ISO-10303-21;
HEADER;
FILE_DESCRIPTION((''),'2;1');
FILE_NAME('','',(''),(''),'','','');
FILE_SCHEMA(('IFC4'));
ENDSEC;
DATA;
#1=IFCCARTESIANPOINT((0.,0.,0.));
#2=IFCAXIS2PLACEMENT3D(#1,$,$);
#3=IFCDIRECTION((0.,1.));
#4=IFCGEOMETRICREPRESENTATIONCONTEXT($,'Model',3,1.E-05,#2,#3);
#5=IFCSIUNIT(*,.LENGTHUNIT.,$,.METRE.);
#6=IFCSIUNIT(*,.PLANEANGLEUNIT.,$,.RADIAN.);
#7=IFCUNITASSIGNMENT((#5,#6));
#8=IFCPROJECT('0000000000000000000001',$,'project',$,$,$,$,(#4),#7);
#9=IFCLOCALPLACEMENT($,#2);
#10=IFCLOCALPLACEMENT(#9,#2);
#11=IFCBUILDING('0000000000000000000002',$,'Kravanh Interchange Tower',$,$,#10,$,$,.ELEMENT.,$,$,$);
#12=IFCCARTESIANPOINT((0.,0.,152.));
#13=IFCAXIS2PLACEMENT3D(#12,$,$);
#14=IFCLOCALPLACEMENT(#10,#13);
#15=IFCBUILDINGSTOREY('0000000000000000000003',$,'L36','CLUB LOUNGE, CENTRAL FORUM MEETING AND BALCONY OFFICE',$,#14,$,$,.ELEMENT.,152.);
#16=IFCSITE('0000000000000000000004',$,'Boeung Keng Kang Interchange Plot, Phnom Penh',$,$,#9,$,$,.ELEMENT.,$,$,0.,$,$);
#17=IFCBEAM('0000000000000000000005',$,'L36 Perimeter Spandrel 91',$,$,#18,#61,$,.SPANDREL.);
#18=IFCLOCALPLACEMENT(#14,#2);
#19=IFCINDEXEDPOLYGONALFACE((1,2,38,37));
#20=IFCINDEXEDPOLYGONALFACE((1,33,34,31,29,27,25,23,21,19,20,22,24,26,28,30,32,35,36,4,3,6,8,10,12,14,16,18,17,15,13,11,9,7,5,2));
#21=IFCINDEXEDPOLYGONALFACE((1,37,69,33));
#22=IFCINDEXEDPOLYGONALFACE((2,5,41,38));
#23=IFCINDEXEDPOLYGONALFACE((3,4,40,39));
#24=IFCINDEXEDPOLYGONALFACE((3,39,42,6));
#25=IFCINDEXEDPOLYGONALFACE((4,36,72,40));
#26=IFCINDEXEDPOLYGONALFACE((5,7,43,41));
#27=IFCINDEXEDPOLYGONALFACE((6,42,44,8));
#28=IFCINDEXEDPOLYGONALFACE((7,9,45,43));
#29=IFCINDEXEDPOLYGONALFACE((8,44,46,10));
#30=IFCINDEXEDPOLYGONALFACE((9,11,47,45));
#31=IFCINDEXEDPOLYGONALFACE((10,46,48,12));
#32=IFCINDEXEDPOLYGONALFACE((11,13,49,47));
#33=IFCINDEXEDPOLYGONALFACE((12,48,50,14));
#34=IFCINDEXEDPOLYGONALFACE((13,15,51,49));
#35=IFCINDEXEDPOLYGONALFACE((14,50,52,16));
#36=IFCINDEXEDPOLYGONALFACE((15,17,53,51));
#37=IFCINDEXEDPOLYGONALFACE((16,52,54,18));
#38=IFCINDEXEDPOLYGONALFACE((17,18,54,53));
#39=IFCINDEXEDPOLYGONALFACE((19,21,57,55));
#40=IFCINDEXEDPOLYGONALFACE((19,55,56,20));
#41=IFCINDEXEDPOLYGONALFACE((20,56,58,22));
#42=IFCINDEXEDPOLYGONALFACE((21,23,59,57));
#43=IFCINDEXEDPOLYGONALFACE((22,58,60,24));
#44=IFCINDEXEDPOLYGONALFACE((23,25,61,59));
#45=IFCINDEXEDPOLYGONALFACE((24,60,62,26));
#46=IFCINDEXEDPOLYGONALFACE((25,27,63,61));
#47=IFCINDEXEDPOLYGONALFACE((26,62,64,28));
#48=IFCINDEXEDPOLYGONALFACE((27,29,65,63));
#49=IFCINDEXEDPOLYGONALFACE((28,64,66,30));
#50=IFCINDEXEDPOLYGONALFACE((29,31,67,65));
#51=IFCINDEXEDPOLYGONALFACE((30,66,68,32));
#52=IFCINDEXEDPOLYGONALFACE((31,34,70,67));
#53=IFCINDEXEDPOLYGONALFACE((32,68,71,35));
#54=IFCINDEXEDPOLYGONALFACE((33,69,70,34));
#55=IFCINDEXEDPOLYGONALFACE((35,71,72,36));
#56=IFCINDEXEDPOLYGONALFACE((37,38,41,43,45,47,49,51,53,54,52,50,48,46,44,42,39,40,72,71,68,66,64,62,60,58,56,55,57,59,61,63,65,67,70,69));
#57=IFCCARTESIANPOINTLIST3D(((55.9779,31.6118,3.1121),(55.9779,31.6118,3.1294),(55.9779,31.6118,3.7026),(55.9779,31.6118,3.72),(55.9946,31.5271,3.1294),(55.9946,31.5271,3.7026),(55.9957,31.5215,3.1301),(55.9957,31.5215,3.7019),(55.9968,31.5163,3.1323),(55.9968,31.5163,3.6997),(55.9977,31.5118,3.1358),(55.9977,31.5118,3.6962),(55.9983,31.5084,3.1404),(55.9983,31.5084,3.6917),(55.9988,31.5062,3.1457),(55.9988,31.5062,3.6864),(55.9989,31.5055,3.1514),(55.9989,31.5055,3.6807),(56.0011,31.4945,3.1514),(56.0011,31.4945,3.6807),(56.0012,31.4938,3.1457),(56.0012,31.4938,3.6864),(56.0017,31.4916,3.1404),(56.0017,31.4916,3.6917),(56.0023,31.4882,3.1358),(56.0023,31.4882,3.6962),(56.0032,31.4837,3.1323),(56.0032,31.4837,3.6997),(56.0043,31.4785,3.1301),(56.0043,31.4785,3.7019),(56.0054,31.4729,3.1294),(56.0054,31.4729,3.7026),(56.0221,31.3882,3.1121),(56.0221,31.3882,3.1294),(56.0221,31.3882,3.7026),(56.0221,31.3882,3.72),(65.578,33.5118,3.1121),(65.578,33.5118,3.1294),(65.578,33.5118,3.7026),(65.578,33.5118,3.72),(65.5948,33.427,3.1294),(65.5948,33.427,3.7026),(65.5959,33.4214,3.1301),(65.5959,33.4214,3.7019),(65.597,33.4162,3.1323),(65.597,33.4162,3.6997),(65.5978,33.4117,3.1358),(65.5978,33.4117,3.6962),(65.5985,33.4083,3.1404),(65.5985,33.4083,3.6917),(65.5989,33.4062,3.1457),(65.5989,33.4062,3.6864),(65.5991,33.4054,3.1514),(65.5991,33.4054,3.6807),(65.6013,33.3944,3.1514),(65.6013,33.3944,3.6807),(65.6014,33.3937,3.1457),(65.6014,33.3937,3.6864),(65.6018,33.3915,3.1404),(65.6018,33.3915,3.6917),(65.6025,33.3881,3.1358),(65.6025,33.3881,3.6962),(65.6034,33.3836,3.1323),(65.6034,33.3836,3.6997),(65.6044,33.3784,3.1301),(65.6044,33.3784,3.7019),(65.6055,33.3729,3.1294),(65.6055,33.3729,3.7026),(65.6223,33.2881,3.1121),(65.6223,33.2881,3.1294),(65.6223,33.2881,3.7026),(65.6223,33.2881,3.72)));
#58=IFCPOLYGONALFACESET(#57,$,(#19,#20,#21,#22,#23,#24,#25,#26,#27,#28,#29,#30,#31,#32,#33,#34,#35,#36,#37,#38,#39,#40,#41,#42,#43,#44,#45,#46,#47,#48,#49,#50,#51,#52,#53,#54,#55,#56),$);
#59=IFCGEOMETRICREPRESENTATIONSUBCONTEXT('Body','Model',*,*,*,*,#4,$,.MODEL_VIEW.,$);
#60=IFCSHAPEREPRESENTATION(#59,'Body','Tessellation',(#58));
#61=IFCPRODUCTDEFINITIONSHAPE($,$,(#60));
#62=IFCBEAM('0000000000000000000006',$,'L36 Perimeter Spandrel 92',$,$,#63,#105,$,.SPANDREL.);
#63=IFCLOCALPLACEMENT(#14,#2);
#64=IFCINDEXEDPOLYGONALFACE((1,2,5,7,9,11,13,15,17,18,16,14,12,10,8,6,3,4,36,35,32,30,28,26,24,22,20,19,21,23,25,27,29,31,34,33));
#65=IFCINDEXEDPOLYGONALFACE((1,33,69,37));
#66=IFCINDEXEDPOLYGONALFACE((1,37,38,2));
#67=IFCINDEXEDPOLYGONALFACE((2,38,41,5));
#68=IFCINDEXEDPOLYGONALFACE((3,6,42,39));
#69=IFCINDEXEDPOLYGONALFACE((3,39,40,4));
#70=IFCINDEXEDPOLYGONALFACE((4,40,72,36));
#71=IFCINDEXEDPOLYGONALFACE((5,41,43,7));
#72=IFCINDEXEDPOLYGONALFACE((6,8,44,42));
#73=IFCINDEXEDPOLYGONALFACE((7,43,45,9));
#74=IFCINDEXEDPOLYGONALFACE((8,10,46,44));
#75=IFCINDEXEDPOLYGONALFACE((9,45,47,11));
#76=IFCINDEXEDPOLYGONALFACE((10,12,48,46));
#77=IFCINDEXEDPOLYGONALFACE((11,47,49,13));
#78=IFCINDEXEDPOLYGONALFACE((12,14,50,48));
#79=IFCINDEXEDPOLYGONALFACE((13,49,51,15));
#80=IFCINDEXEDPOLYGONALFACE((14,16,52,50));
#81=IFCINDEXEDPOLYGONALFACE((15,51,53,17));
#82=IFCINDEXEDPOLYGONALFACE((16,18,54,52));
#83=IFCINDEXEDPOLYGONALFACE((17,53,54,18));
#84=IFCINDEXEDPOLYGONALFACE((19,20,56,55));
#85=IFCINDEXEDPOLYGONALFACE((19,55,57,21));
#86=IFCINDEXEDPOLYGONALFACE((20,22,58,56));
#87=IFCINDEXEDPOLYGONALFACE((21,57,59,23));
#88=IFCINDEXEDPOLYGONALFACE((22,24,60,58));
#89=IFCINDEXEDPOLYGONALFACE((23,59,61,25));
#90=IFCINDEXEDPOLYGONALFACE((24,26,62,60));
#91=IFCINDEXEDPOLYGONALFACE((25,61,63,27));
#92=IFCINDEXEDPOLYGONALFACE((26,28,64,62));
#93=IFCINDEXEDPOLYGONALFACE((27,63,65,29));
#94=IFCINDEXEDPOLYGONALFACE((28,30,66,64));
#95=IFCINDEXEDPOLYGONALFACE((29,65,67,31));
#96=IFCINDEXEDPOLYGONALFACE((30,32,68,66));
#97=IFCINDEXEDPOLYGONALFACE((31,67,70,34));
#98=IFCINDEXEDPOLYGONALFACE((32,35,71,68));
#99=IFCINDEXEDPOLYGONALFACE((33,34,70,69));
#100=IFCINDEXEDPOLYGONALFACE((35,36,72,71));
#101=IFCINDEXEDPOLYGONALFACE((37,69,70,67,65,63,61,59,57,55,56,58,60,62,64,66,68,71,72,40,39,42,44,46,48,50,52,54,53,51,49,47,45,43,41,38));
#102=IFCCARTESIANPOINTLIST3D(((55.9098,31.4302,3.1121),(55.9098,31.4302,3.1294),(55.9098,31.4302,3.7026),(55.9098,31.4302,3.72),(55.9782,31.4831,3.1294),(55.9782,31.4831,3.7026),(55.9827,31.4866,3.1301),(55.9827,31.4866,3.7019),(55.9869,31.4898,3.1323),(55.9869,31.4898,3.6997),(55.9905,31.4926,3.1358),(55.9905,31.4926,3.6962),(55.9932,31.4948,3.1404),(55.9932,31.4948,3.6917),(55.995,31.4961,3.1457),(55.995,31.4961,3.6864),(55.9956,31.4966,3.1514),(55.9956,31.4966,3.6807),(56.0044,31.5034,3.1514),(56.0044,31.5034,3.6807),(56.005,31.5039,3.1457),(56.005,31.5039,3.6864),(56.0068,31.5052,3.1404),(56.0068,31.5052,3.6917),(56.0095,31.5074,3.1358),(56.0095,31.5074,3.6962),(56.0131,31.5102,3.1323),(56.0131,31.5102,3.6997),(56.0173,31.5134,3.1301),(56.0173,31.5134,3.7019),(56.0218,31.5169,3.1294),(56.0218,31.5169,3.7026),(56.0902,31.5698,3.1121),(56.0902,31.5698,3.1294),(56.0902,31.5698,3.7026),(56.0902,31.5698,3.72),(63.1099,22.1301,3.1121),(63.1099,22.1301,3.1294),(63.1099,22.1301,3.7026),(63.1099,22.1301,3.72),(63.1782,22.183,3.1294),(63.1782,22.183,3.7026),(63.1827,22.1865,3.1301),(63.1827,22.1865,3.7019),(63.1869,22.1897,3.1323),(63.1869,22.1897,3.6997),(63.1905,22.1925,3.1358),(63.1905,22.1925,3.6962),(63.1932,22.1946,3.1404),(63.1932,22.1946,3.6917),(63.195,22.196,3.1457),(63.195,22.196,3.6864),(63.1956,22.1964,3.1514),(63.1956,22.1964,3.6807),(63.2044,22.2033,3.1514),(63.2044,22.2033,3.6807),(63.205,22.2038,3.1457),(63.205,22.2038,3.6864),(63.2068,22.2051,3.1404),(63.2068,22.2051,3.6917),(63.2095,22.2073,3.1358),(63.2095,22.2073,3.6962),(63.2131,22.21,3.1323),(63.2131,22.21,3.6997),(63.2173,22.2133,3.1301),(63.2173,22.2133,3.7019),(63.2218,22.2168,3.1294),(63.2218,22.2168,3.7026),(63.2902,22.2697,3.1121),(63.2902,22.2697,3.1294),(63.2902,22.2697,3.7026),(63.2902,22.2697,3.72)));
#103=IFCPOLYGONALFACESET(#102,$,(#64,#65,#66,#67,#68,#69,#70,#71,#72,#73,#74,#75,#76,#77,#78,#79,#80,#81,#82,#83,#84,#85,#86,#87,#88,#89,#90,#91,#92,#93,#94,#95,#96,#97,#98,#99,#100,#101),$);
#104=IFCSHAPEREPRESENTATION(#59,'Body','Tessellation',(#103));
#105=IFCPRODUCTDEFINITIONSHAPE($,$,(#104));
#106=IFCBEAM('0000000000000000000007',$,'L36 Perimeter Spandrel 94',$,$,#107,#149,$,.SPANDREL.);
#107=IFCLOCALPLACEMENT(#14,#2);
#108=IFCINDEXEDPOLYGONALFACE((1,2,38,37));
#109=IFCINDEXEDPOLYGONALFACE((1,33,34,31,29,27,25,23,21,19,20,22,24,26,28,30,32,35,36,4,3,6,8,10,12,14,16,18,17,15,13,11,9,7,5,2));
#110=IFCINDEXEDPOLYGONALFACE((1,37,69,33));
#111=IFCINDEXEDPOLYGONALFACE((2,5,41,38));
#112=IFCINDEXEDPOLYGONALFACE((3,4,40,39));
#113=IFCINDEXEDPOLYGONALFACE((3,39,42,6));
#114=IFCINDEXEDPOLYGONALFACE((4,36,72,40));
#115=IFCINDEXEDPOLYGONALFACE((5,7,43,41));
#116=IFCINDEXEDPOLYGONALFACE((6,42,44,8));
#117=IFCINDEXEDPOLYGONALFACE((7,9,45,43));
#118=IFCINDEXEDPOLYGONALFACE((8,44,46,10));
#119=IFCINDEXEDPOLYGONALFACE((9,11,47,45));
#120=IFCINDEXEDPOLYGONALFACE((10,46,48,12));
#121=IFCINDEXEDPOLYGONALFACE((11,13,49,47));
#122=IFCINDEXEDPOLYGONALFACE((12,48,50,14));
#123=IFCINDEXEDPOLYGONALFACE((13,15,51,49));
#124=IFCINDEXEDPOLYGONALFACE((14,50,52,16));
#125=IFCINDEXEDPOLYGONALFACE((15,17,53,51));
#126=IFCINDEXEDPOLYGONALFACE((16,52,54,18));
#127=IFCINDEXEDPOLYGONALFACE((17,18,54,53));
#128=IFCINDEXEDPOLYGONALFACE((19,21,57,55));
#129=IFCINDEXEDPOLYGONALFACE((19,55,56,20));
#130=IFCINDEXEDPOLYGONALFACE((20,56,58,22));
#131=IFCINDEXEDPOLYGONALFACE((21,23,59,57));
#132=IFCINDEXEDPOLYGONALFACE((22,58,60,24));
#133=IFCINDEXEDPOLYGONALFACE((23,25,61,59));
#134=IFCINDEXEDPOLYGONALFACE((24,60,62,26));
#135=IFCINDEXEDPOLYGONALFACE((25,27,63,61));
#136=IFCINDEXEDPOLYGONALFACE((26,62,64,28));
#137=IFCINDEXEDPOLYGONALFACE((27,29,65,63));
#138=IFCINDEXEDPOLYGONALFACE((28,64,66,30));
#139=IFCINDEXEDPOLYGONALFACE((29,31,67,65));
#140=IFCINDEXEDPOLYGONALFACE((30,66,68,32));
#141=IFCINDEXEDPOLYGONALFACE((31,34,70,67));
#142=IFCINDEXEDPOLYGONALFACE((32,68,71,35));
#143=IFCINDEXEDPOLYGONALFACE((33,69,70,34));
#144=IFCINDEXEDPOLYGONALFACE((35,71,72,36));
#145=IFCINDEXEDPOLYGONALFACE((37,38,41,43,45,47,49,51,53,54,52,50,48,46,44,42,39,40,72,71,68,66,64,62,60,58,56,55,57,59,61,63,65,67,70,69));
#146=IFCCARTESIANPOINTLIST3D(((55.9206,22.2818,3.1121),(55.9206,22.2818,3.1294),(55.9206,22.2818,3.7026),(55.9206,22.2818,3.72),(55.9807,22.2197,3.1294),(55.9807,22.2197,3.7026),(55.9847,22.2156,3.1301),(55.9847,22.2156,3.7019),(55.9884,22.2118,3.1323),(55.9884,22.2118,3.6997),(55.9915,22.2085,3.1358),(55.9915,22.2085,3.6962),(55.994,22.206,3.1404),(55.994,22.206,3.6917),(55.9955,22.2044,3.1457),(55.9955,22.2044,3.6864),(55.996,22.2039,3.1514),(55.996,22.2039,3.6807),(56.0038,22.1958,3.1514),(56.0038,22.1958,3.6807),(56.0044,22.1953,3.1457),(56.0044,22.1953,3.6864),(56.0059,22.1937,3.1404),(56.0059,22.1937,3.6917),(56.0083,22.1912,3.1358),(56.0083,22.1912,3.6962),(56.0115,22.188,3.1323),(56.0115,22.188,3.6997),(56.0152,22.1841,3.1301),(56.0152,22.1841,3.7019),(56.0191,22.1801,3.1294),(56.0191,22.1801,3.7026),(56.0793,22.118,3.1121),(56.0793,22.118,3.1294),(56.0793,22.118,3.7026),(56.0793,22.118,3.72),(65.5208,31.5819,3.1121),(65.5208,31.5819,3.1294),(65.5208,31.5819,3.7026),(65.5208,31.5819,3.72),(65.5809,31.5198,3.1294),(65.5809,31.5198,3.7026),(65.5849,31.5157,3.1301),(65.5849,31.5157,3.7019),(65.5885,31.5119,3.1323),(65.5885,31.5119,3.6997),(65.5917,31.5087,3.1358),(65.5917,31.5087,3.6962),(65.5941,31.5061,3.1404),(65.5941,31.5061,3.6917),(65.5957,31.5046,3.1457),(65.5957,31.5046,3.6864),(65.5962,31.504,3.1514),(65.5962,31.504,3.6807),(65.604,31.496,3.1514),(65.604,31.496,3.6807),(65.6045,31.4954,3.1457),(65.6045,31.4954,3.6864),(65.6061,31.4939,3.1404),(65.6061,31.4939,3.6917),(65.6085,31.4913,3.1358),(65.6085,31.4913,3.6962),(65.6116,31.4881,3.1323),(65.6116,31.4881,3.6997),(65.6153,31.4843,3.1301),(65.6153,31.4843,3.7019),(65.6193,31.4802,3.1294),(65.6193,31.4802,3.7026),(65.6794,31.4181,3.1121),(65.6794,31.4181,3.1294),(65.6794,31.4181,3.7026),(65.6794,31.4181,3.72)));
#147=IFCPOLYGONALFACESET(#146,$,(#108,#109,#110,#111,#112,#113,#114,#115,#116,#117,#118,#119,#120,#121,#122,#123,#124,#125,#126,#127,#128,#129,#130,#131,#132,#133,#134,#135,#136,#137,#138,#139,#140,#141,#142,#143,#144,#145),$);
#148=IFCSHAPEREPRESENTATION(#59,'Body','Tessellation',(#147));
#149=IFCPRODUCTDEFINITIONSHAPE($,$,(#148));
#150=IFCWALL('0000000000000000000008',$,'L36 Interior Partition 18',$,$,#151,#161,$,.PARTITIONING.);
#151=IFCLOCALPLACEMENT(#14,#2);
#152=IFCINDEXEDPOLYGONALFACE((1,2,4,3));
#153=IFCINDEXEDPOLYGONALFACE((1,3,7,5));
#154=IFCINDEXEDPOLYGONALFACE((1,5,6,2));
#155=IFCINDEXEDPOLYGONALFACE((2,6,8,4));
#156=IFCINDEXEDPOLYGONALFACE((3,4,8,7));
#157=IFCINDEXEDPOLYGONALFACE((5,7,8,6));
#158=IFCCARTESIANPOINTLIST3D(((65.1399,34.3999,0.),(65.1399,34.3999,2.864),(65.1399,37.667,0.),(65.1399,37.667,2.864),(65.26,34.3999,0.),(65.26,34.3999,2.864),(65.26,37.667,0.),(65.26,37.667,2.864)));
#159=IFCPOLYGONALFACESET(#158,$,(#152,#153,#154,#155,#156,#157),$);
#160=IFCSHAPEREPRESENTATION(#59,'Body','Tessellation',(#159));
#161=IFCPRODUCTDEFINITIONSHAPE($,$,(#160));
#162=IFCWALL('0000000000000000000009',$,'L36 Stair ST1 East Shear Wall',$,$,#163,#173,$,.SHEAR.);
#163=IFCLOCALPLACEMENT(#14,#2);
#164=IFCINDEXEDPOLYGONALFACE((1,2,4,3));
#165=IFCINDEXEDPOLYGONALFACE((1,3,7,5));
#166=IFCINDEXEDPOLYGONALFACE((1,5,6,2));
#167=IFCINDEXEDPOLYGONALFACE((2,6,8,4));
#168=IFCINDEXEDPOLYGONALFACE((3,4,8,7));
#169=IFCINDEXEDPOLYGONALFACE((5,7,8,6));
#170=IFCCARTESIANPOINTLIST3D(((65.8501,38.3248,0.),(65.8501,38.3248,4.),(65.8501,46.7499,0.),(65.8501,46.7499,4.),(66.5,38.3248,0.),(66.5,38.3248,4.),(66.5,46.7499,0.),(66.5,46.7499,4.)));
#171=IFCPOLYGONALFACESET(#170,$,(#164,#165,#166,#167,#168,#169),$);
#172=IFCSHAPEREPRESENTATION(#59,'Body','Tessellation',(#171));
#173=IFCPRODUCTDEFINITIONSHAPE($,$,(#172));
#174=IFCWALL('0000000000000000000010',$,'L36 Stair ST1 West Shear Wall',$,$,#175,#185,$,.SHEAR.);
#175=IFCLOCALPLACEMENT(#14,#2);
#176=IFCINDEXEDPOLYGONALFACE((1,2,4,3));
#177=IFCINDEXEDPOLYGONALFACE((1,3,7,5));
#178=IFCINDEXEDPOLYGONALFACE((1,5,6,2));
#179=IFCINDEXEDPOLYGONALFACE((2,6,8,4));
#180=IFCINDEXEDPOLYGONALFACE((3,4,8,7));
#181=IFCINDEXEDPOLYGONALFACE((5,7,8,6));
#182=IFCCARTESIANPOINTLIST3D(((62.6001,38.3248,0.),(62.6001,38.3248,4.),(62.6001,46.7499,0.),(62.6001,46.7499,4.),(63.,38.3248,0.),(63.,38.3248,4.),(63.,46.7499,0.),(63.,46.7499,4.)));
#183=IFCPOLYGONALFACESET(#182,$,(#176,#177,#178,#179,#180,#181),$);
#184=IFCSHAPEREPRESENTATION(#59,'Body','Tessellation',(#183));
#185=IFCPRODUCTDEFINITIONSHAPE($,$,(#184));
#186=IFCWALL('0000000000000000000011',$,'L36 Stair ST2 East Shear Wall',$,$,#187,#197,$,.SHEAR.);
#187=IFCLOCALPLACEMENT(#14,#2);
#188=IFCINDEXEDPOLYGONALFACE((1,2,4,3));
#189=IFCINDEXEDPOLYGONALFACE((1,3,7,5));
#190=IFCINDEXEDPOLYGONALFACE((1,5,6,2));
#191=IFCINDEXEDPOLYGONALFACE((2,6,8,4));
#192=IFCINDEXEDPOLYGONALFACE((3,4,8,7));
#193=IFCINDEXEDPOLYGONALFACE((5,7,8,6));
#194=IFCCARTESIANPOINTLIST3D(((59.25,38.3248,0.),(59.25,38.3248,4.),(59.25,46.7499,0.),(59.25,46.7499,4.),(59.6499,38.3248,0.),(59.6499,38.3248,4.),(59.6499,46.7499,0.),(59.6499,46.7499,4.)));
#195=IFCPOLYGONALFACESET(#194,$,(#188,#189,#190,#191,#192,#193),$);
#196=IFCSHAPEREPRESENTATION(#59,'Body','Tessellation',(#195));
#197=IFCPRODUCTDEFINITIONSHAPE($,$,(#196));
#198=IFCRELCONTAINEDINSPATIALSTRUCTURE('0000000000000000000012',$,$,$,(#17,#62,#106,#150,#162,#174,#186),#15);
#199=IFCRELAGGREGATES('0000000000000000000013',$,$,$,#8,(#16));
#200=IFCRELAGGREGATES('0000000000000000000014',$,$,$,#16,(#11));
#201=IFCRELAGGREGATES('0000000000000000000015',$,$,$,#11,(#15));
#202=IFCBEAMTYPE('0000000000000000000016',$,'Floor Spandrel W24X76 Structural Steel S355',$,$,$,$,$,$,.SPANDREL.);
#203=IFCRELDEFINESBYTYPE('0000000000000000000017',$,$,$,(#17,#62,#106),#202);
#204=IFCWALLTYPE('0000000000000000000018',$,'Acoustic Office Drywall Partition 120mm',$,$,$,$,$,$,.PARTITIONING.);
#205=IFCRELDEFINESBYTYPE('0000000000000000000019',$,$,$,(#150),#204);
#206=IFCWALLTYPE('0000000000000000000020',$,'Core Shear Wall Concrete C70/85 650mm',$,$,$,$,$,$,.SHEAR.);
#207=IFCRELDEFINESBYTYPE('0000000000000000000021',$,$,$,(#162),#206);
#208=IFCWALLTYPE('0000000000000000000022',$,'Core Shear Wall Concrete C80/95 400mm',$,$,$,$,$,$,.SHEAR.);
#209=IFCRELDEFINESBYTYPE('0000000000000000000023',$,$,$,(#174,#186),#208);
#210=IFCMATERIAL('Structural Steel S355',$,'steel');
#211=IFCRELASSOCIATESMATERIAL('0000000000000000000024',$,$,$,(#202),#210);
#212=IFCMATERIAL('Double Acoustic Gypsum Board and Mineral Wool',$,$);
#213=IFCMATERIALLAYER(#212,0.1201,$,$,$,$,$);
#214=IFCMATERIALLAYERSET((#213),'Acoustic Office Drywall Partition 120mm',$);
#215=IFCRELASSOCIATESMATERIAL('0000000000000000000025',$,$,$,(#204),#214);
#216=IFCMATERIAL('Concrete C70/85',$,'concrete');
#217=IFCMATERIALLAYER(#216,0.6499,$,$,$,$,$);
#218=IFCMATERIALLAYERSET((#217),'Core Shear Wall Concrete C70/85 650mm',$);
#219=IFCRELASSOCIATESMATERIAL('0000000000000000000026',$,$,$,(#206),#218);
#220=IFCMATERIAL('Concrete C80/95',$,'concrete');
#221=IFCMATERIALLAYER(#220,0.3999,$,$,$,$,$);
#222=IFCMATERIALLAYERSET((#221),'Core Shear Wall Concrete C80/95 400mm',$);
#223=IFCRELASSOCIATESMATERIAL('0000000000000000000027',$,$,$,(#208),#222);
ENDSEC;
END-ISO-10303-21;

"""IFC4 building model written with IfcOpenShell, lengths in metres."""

from ifc_helpers import new_model, si_unit, direction, frame, frame_2d, origin, origin_2d, place, context, subcontext, project, spatial, rectangle, i_section, extrude, material, layer, layer_set, material_profile, profile_set, type_object, element, save


model = new_model("IFC4")

# Units and contexts
model_context = context("Model", 3, precision=1e-05, world=origin(), true_north=direction((0.0, 1.0)))
body_context = subcontext(model_context, "Body", "Model", "MODEL_VIEW")
ifc_project = project(units=[si_unit("LENGTHUNIT", "METRE"), si_unit("PLANEANGLEUNIT", "RADIAN")], contexts=[model_context])

# Site, building, storey
site_placement = place(None, origin())
site = spatial("IfcSite", under=ifc_project, at=site_placement, Name="Boeung Keng Kang Interchange Plot, Phnom Penh", CompositionType="ELEMENT", RefElevation=0.0)
building_placement = place(site_placement, origin())
building = spatial("IfcBuilding", under=site, at=building_placement, Name="Kravanh Interchange Tower", CompositionType="ELEMENT")
storey_placement = place(building_placement, frame((0.0, 0.0, 152.0)))
storey = spatial("IfcBuildingStorey", under=building, at=storey_placement, Name="L36", Description="CLUB LOUNGE, CENTRAL FORUM MEETING AND BALCONY OFFICE", CompositionType="ELEMENT", Elevation=152.0)

# Beams
ifc_material_1 = material(Name="Structural Steel S355", Category="steel")
ifc_material_profile_1 = material_profile(ifc_material_1, i_section(OverallWidth=0.228, OverallDepth=0.6079, WebThickness=0.0112, FlangeThickness=0.0173, FilletRadius=0.022, at=origin_2d()), Name="W24X76")
ifc_profile_set_1 = profile_set([ifc_material_profile_1], Name="Structural Steel S355")
beam_type_1 = type_object("IfcBeamType", Name="Floor Spandrel W24X76 Structural Steel S355", PredefinedType="SPANDREL", material=ifc_profile_set_1)
beam_1_placement = place(storey_placement, frame((56.0, 31.5, 3.416), z_axis=(0.980974, 0.194139, 0.0), x_axis=(-0.194139, 0.980974, 0.0)))
element("IfcBeam", 1, at=beam_1_placement, inside=storey, type_object=beam_type_1, Name="L36 Perimeter Spandrel 91", PredefinedType="SPANDREL", context=body_context, shape_type="SweptSolid", body=[
    extrude(i_section(OverallWidth=0.228, OverallDepth=0.6079, WebThickness=0.0112, FlangeThickness=0.0173, FilletRadius=0.022, at=origin_2d()), origin(), (0.0, 0.0, 1.0), 9.7864),
])
beam_2_placement = place(storey_placement, frame((56.0, 31.5, 3.416), z_axis=(0.612169, -0.790727, 0.0), x_axis=(0.790727, 0.612169, 0.0)))
element("IfcBeam", 2, at=beam_2_placement, inside=storey, type_object=beam_type_1, Name="L36 Perimeter Spandrel 92", PredefinedType="SPANDREL", context=body_context, shape_type="SweptSolid", body=[
    extrude(i_section(OverallWidth=0.228, OverallDepth=0.6079, WebThickness=0.0112, FlangeThickness=0.0173, FilletRadius=0.022, at=origin_2d()), origin(), (0.0, 0.0, 1.0), 11.7615),
])
beam_3_placement = place(storey_placement, frame((65.6001, 31.5, 3.416), z_axis=(-0.718242, -0.695793, 0.0), x_axis=(0.695793, -0.718242, 0.0)))
element("IfcBeam", 3, at=beam_3_placement, inside=storey, type_object=beam_type_1, Name="L36 Perimeter Spandrel 94", PredefinedType="SPANDREL", context=body_context, shape_type="SweptSolid", body=[
    extrude(i_section(OverallWidth=0.228, OverallDepth=0.6079, WebThickness=0.0112, FlangeThickness=0.0173, FilletRadius=0.022, at=origin_2d()), origin(), (0.0, 0.0, 1.0), 13.3662),
])

# Walls
ifc_material_2 = material(Name="Double Acoustic Gypsum Board and Mineral Wool")
ifc_layer_1 = layer(ifc_material_2, 0.1201)
ifc_layer_set_1 = layer_set([ifc_layer_1], Name="Acoustic Office Drywall Partition 120mm")
wall_type_1 = type_object("IfcWallType", Name="Acoustic Office Drywall Partition 120mm", PredefinedType="PARTITIONING", material=ifc_layer_set_1)
wall_1_placement = place(storey_placement, frame((65.2, 34.3999, 0.0), z_axis=(0.0, 0.0, 1.0), x_axis=(0.0, 1.0, 0.0)))
element("IfcWall", 4, at=wall_1_placement, inside=storey, type_object=wall_type_1, Name="L36 Interior Partition 18", PredefinedType="PARTITIONING", context=body_context, shape_type="SweptSolid", body=[
    extrude(rectangle(XDim=3.2671, YDim=0.1201, at=frame_2d((1.6335, 0.0))), origin(), (0.0, 0.0, 1.0), 2.864),
])
ifc_material_3 = material(Name="Concrete C70/85", Category="concrete")
ifc_layer_2 = layer(ifc_material_3, 0.6499)
ifc_layer_set_2 = layer_set([ifc_layer_2], Name="Core Shear Wall Concrete C70/85 650mm")
wall_type_2 = type_object("IfcWallType", Name="Core Shear Wall Concrete C70/85 650mm", PredefinedType="SHEAR", material=ifc_layer_set_2)
wall_2_placement = place(storey_placement, frame((66.175, 38.325, 0.0), z_axis=(0.0, 0.0, 1.0), x_axis=(0.0, 1.0, 0.0)))
element("IfcWall", 5, at=wall_2_placement, inside=storey, type_object=wall_type_2, Name="L36 Stair ST1 East Shear Wall", PredefinedType="SHEAR", context=body_context, shape_type="SweptSolid", body=[
    extrude(rectangle(XDim=8.425, YDim=0.6499, at=frame_2d((4.2124, 0.0))), origin(), (0.0, 0.0, 1.0), 4.0),
])
ifc_material_4 = material(Name="Concrete C80/95", Category="concrete")
ifc_layer_3 = layer(ifc_material_4, 0.3999)
ifc_layer_set_3 = layer_set([ifc_layer_3], Name="Core Shear Wall Concrete C80/95 400mm")
wall_type_3 = type_object("IfcWallType", Name="Core Shear Wall Concrete C80/95 400mm", PredefinedType="SHEAR", material=ifc_layer_set_3)
for number, where, z_axis, x_axis, name in (
    (6, (62.8, 38.325, 0.0), (0.0, 0.0, 1.0), (0.0, 1.0, 0.0), "L36 Stair ST1 West Shear Wall"),
    (7, (59.45, 38.325, 0.0), (0.0, 0.0, 1.0), (0.0, 1.0, 0.0), "L36 Stair ST2 East Shear Wall"),
):
    element("IfcWall", number, at=place(storey_placement, frame(where, z_axis=z_axis, x_axis=x_axis)), inside=storey, type_object=wall_type_3, Name=name, PredefinedType="SHEAR", context=body_context, shape_type="SweptSolid", body=[
        extrude(rectangle(XDim=8.425, YDim=0.3999, at=frame_2d((4.2124, 0.0))), origin(), (0.0, 0.0, 1.0), 4.0),
    ])

save(model, "model.ifc")
